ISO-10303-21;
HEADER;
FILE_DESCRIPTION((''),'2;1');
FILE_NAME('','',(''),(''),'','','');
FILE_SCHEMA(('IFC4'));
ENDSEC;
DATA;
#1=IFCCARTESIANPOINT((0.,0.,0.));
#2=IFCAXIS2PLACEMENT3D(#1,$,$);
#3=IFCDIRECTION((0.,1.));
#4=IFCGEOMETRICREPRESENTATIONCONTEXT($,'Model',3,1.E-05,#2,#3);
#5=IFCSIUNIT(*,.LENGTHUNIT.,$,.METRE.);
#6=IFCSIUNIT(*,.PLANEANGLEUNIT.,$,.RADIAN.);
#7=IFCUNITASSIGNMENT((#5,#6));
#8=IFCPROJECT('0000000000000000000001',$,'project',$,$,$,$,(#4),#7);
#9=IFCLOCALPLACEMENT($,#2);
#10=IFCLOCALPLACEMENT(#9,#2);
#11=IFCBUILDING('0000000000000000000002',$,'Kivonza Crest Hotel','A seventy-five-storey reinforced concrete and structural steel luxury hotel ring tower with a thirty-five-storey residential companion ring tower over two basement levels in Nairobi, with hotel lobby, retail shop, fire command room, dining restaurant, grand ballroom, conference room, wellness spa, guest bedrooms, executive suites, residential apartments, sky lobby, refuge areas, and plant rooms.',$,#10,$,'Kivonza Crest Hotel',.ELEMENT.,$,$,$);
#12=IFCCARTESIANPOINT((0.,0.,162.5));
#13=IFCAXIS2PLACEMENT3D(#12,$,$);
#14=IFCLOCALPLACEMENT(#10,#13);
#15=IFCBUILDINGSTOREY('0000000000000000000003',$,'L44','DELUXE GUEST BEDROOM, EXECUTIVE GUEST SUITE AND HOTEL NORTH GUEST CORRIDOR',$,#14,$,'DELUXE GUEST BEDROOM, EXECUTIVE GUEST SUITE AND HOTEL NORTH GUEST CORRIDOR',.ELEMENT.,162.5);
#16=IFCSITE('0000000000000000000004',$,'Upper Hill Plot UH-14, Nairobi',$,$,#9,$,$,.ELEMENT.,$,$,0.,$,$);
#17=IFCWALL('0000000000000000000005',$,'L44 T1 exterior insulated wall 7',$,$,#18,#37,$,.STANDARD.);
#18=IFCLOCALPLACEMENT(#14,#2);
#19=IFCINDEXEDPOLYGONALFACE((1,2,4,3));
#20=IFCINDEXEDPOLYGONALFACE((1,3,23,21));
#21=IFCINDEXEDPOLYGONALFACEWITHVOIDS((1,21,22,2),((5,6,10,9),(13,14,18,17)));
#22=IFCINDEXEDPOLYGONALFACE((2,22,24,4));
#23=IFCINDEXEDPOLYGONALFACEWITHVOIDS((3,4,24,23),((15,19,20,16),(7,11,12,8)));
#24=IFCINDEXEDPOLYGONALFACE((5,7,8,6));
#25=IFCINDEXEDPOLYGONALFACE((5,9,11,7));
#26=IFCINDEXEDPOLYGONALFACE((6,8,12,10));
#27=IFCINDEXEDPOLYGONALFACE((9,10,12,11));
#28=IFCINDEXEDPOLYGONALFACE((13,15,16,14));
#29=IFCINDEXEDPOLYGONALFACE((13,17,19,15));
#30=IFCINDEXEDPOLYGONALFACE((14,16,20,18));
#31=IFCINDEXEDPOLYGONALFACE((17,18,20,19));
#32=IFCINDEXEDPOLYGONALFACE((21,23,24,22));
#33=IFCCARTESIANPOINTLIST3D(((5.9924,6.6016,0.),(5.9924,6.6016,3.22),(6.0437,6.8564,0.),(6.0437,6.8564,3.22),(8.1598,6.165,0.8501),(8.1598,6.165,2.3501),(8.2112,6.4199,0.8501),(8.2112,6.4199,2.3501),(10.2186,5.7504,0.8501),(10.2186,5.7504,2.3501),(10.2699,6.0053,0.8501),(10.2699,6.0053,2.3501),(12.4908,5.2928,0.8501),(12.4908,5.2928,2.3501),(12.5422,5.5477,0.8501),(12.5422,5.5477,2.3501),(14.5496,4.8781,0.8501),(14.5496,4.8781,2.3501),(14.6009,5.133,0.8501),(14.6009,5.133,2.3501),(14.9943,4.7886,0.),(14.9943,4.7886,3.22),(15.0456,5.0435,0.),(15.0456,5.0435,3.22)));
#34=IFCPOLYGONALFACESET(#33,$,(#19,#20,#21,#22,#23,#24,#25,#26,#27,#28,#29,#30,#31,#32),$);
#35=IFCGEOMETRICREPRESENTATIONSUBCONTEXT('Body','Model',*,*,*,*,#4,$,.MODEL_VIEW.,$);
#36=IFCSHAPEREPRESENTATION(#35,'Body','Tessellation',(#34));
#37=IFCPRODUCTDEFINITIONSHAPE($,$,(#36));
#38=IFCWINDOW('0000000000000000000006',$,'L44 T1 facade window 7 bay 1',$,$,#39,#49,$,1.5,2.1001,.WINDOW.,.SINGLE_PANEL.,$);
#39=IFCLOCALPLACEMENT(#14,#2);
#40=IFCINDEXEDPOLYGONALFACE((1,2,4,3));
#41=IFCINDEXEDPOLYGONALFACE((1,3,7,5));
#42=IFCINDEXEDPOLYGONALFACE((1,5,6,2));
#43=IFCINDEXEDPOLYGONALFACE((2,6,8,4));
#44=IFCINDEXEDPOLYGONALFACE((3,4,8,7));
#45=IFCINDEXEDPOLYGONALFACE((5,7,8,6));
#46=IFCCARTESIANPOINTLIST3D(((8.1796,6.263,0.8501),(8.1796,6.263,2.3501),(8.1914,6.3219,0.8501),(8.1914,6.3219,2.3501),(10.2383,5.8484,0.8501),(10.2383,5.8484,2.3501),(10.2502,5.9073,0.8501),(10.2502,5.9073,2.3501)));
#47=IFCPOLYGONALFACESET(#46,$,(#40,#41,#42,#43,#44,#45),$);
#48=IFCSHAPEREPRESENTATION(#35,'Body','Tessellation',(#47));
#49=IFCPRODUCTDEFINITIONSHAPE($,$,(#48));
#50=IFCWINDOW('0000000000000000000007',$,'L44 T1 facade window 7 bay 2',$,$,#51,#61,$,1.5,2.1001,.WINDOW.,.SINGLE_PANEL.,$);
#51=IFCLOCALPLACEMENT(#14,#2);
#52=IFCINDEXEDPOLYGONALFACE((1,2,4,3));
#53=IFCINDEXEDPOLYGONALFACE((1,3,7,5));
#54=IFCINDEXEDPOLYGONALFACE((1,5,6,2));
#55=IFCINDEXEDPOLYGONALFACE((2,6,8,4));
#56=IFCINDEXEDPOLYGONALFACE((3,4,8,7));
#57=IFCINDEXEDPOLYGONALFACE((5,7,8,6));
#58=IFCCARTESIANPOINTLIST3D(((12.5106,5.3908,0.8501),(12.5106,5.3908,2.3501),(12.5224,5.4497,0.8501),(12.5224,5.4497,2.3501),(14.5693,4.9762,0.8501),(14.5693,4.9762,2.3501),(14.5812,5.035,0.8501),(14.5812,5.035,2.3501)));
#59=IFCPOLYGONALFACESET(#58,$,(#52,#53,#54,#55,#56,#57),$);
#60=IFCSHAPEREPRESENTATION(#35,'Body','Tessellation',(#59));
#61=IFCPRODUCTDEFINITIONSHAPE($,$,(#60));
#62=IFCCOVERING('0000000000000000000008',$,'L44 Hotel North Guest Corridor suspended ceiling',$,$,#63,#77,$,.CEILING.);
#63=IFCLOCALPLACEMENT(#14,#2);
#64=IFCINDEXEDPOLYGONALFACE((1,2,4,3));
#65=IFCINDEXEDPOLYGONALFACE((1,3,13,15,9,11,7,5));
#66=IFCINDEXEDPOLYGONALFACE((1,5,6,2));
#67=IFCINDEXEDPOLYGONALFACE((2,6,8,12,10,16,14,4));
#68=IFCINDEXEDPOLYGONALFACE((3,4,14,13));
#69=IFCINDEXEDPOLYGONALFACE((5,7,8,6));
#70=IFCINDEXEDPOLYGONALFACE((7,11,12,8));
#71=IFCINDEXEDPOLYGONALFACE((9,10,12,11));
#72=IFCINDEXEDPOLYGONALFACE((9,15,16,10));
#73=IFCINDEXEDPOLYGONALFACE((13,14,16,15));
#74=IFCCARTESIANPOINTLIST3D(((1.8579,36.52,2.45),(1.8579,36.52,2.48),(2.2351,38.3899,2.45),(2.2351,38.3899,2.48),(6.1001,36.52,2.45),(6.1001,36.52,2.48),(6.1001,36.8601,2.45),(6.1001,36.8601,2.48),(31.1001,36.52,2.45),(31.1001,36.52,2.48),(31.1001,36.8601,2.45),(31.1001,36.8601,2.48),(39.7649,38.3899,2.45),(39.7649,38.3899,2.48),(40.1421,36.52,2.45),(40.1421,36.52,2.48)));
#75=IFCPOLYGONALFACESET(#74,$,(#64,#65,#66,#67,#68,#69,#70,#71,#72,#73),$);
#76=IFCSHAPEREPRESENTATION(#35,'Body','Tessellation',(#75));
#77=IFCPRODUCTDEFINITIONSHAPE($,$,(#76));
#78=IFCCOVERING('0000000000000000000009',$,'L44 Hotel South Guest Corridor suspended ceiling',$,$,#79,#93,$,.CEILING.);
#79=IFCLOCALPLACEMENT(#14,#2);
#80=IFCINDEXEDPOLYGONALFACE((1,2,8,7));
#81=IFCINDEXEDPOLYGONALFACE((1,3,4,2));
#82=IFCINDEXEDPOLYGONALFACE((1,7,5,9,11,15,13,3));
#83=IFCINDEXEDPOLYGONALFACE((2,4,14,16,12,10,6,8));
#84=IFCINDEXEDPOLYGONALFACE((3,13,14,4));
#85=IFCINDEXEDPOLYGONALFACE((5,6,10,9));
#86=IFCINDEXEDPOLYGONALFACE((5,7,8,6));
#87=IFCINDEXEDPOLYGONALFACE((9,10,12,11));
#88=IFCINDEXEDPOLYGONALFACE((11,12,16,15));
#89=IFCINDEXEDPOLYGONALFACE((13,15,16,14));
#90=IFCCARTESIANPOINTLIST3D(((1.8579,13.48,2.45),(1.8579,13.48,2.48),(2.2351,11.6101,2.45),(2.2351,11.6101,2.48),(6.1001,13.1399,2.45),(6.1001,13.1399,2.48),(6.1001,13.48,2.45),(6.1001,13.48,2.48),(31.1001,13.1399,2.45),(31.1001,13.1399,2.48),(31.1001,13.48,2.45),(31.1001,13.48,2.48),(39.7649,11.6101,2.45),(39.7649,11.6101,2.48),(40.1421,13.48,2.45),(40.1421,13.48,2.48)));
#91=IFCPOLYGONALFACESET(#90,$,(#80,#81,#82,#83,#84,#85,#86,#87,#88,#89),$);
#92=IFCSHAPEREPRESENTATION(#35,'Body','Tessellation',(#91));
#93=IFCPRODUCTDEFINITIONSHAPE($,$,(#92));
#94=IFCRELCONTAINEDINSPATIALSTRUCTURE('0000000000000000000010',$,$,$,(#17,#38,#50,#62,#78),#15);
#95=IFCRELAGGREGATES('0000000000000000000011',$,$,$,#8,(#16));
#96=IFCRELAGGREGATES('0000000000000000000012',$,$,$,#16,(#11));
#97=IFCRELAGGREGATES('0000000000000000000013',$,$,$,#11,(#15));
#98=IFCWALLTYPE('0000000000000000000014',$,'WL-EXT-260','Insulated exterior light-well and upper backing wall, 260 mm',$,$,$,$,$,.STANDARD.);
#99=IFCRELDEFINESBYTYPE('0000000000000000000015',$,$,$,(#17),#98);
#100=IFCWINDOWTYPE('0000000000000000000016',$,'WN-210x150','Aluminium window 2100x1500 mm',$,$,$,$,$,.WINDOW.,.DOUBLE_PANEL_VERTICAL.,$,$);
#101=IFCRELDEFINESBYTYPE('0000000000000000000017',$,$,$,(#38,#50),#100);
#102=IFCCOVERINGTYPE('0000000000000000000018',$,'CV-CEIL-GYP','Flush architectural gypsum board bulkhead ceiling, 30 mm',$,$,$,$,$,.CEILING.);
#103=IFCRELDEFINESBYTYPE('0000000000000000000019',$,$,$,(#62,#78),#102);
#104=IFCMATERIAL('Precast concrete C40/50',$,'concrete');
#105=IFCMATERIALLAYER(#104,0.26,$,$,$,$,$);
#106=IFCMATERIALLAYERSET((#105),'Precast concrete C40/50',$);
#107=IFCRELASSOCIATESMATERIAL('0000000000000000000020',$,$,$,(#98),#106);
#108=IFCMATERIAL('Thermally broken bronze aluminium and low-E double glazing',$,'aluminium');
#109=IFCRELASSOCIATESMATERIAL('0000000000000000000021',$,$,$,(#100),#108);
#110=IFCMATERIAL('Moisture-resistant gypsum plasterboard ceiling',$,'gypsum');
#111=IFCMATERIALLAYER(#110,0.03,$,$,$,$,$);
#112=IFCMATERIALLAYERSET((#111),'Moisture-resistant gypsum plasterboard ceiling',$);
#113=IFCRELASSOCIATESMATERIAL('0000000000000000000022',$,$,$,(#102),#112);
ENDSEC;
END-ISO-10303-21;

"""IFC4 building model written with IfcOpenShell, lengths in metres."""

from ifc_helpers import new_model, si_unit, direction, frame, frame_2d, origin, place, context, subcontext, project, spatial, polyline, rectangle, outline, extrude, material, layer, layer_set, type_object, element, fill, save


model = new_model("IFC4")

# Units and contexts
model_context = context("Model", 3, precision=1e-05, world=origin(), true_north=direction((0.0, 1.0)))
body_context = subcontext(model_context, "Body", "Model", "MODEL_VIEW")
ifc_project = project(units=[si_unit("LENGTHUNIT", "METRE"), si_unit("PLANEANGLEUNIT", "RADIAN")], contexts=[model_context])

# Site, building, storey
site_placement = place(None, origin())
site = spatial("IfcSite", under=ifc_project, at=site_placement, Name="Upper Hill Plot UH-14, Nairobi", CompositionType="ELEMENT", RefElevation=0.0)
building_placement = place(site_placement, origin())
building = spatial("IfcBuilding", under=site, at=building_placement, Name="Kivonza Crest Hotel", Description="A seventy-five-storey reinforced concrete and structural steel luxury hotel ring tower with a thirty-five-storey residential companion ring tower over two basement levels in Nairobi, with hotel lobby, retail shop, fire command room, dining restaurant, grand ballroom, conference room, wellness spa, guest bedrooms, executive suites, residential apartments, sky lobby, refuge areas, and plant rooms.", LongName="Kivonza Crest Hotel", CompositionType="ELEMENT")
storey_placement = place(building_placement, frame((0.0, 0.0, 162.5)))
storey = spatial("IfcBuildingStorey", under=building, at=storey_placement, Name="L44", Description="DELUXE GUEST BEDROOM, EXECUTIVE GUEST SUITE AND HOTEL NORTH GUEST CORRIDOR", LongName="DELUXE GUEST BEDROOM, EXECUTIVE GUEST SUITE AND HOTEL NORTH GUEST CORRIDOR", CompositionType="ELEMENT", Elevation=162.5)

# Shared definitions
ifc_material_1 = material(Name="Precast concrete C40/50", Category="concrete")
ifc_layer_1 = layer(ifc_material_1, 0.26)
ifc_layer_set_1 = layer_set([ifc_layer_1], Name="Precast concrete C40/50")
wall_type_1 = type_object("IfcWallType", Name="WL-EXT-260", Description="Insulated exterior light-well and upper backing wall, 260 mm", PredefinedType="STANDARD", material=ifc_layer_set_1)

# Shared definitions
ifc_material_2 = material(Name="Thermally broken bronze aluminium and low-E double glazing", Category="aluminium")

# Wall, openings, windows
wall_1_placement = place(storey_placement, frame((6.0181, 6.729, 0.0), z_axis=(0.0, 0.0, 1.0), x_axis=(0.980316, -0.197435, 0.0)))
wall_1 = element("IfcWall", 1, at=wall_1_placement, inside=storey, type_object=wall_type_1, Name="L44 T1 exterior insulated wall 7", PredefinedType="STANDARD", context=body_context, shape_type="SweptSolid", body=[
    extrude(rectangle(XDim=9.1826, YDim=0.26, at=frame_2d((4.5913, 0.0))), origin(), (0.0, 0.0, 1.0), 3.22),
])
opening_1_placement = place(wall_1_placement, frame((2.2109, 0.0, 0.8501)))
opening_1 = element("IfcOpeningElement", 2, at=opening_1_placement, cuts=wall_1, PredefinedType="OPENING", context=body_context, shape_type="SweptSolid", body=[
    extrude(rectangle(XDim=2.1001, YDim=1.5, at=frame_2d((1.05, 0.75))), frame((0.0, 0.1401, 0.0), z_axis=(0.0, -1.0, 0.0), x_axis=(1.0, 0.0, 0.0)), (0.0, 0.0, 1.0), 0.28),
])
opening_2_placement = place(wall_1_placement, frame((6.6289, 0.0, 0.8501)))
opening_2 = element("IfcOpeningElement", 3, at=opening_2_placement, cuts=wall_1, PredefinedType="OPENING", context=body_context, shape_type="SweptSolid", body=[
    extrude(rectangle(XDim=2.1001, YDim=1.5, at=frame_2d((1.05, 0.75))), frame((0.0, 0.1401, 0.0), z_axis=(0.0, -1.0, 0.0), x_axis=(1.0, 0.0, 0.0)), (0.0, 0.0, 1.0), 0.28),
])
window_type_1 = type_object("IfcWindowType", Name="WN-210x150", Description="Aluminium window 2100x1500 mm", PartitioningType="DOUBLE_PANEL_VERTICAL", PredefinedType="WINDOW", material=ifc_material_2)
window_1_placement = place(opening_1_placement, origin())
window_1 = element("IfcWindow", 4, at=window_1_placement, inside=storey, type_object=window_type_1, Name="L44 T1 facade window 7 bay 1", OverallHeight=1.5, OverallWidth=2.1001, PartitioningType="SINGLE_PANEL", PredefinedType="WINDOW", context=body_context, shape_type="SweptSolid", body=[
    extrude(rectangle(XDim=2.1001, YDim=1.5, at=frame_2d((1.05, 0.75))), frame((0.0, 0.03, 0.0), z_axis=(0.0, -1.0, 0.0), x_axis=(1.0, 0.0, 0.0)), (0.0, 0.0, 1.0), 0.0601),
])
fill(opening_1, window_1)
window_2_placement = place(opening_2_placement, origin())
window_2 = element("IfcWindow", 5, at=window_2_placement, inside=storey, type_object=window_type_1, Name="L44 T1 facade window 7 bay 2", OverallHeight=1.5, OverallWidth=2.1001, PartitioningType="SINGLE_PANEL", PredefinedType="WINDOW", context=body_context, shape_type="SweptSolid", body=[
    extrude(rectangle(XDim=2.1001, YDim=1.5, at=frame_2d((1.05, 0.75))), frame((0.0, 0.03, 0.0), z_axis=(0.0, -1.0, 0.0), x_axis=(1.0, 0.0, 0.0)), (0.0, 0.0, 1.0), 0.0601),
])
fill(opening_2, window_2)

# Coverings
ifc_material_3 = material(Name="Moisture-resistant gypsum plasterboard ceiling", Category="gypsum")
ifc_layer_2 = layer(ifc_material_3, 0.03)
ifc_layer_set_2 = layer_set([ifc_layer_2], Name="Moisture-resistant gypsum plasterboard ceiling")
covering_type = type_object("IfcCoveringType", Name="CV-CEIL-GYP", Description="Flush architectural gypsum board bulkhead ceiling, 30 mm", PredefinedType="CEILING", material=ifc_layer_set_2)
covering_1_placement = place(storey_placement, frame((0.0, 0.0, 2.45)))
element("IfcCovering", 6, at=covering_1_placement, inside=storey, type_object=covering_type, Name="L44 Hotel North Guest Corridor suspended ceiling", PredefinedType="CEILING", context=body_context, shape_type="SweptSolid", body=[
    extrude(outline(polyline([(2.2351, 38.3899), (1.8579, 36.52), (6.1001, 36.52), (6.1001, 36.8601), (31.1001, 36.8601), (31.1001, 36.52), (40.1421, 36.52), (39.7649, 38.3899), (2.2351, 38.3899)])), origin(), (0.0, 0.0, 1.0), 0.03),
])
covering_2_placement = place(storey_placement, frame((0.0, 0.0, 2.45)))
element("IfcCovering", 7, at=covering_2_placement, inside=storey, type_object=covering_type, Name="L44 Hotel South Guest Corridor suspended ceiling", PredefinedType="CEILING", context=body_context, shape_type="SweptSolid", body=[
    extrude(outline(polyline([(1.8579, 13.48), (2.2351, 11.6101), (39.7649, 11.6101), (40.1421, 13.48), (31.1001, 13.48), (31.1001, 13.1399), (6.1001, 13.1399), (6.1001, 13.48), (1.8579, 13.48)])), origin(), (0.0, 0.0, 1.0), 0.03),
])

save(model, "model.ifc")
